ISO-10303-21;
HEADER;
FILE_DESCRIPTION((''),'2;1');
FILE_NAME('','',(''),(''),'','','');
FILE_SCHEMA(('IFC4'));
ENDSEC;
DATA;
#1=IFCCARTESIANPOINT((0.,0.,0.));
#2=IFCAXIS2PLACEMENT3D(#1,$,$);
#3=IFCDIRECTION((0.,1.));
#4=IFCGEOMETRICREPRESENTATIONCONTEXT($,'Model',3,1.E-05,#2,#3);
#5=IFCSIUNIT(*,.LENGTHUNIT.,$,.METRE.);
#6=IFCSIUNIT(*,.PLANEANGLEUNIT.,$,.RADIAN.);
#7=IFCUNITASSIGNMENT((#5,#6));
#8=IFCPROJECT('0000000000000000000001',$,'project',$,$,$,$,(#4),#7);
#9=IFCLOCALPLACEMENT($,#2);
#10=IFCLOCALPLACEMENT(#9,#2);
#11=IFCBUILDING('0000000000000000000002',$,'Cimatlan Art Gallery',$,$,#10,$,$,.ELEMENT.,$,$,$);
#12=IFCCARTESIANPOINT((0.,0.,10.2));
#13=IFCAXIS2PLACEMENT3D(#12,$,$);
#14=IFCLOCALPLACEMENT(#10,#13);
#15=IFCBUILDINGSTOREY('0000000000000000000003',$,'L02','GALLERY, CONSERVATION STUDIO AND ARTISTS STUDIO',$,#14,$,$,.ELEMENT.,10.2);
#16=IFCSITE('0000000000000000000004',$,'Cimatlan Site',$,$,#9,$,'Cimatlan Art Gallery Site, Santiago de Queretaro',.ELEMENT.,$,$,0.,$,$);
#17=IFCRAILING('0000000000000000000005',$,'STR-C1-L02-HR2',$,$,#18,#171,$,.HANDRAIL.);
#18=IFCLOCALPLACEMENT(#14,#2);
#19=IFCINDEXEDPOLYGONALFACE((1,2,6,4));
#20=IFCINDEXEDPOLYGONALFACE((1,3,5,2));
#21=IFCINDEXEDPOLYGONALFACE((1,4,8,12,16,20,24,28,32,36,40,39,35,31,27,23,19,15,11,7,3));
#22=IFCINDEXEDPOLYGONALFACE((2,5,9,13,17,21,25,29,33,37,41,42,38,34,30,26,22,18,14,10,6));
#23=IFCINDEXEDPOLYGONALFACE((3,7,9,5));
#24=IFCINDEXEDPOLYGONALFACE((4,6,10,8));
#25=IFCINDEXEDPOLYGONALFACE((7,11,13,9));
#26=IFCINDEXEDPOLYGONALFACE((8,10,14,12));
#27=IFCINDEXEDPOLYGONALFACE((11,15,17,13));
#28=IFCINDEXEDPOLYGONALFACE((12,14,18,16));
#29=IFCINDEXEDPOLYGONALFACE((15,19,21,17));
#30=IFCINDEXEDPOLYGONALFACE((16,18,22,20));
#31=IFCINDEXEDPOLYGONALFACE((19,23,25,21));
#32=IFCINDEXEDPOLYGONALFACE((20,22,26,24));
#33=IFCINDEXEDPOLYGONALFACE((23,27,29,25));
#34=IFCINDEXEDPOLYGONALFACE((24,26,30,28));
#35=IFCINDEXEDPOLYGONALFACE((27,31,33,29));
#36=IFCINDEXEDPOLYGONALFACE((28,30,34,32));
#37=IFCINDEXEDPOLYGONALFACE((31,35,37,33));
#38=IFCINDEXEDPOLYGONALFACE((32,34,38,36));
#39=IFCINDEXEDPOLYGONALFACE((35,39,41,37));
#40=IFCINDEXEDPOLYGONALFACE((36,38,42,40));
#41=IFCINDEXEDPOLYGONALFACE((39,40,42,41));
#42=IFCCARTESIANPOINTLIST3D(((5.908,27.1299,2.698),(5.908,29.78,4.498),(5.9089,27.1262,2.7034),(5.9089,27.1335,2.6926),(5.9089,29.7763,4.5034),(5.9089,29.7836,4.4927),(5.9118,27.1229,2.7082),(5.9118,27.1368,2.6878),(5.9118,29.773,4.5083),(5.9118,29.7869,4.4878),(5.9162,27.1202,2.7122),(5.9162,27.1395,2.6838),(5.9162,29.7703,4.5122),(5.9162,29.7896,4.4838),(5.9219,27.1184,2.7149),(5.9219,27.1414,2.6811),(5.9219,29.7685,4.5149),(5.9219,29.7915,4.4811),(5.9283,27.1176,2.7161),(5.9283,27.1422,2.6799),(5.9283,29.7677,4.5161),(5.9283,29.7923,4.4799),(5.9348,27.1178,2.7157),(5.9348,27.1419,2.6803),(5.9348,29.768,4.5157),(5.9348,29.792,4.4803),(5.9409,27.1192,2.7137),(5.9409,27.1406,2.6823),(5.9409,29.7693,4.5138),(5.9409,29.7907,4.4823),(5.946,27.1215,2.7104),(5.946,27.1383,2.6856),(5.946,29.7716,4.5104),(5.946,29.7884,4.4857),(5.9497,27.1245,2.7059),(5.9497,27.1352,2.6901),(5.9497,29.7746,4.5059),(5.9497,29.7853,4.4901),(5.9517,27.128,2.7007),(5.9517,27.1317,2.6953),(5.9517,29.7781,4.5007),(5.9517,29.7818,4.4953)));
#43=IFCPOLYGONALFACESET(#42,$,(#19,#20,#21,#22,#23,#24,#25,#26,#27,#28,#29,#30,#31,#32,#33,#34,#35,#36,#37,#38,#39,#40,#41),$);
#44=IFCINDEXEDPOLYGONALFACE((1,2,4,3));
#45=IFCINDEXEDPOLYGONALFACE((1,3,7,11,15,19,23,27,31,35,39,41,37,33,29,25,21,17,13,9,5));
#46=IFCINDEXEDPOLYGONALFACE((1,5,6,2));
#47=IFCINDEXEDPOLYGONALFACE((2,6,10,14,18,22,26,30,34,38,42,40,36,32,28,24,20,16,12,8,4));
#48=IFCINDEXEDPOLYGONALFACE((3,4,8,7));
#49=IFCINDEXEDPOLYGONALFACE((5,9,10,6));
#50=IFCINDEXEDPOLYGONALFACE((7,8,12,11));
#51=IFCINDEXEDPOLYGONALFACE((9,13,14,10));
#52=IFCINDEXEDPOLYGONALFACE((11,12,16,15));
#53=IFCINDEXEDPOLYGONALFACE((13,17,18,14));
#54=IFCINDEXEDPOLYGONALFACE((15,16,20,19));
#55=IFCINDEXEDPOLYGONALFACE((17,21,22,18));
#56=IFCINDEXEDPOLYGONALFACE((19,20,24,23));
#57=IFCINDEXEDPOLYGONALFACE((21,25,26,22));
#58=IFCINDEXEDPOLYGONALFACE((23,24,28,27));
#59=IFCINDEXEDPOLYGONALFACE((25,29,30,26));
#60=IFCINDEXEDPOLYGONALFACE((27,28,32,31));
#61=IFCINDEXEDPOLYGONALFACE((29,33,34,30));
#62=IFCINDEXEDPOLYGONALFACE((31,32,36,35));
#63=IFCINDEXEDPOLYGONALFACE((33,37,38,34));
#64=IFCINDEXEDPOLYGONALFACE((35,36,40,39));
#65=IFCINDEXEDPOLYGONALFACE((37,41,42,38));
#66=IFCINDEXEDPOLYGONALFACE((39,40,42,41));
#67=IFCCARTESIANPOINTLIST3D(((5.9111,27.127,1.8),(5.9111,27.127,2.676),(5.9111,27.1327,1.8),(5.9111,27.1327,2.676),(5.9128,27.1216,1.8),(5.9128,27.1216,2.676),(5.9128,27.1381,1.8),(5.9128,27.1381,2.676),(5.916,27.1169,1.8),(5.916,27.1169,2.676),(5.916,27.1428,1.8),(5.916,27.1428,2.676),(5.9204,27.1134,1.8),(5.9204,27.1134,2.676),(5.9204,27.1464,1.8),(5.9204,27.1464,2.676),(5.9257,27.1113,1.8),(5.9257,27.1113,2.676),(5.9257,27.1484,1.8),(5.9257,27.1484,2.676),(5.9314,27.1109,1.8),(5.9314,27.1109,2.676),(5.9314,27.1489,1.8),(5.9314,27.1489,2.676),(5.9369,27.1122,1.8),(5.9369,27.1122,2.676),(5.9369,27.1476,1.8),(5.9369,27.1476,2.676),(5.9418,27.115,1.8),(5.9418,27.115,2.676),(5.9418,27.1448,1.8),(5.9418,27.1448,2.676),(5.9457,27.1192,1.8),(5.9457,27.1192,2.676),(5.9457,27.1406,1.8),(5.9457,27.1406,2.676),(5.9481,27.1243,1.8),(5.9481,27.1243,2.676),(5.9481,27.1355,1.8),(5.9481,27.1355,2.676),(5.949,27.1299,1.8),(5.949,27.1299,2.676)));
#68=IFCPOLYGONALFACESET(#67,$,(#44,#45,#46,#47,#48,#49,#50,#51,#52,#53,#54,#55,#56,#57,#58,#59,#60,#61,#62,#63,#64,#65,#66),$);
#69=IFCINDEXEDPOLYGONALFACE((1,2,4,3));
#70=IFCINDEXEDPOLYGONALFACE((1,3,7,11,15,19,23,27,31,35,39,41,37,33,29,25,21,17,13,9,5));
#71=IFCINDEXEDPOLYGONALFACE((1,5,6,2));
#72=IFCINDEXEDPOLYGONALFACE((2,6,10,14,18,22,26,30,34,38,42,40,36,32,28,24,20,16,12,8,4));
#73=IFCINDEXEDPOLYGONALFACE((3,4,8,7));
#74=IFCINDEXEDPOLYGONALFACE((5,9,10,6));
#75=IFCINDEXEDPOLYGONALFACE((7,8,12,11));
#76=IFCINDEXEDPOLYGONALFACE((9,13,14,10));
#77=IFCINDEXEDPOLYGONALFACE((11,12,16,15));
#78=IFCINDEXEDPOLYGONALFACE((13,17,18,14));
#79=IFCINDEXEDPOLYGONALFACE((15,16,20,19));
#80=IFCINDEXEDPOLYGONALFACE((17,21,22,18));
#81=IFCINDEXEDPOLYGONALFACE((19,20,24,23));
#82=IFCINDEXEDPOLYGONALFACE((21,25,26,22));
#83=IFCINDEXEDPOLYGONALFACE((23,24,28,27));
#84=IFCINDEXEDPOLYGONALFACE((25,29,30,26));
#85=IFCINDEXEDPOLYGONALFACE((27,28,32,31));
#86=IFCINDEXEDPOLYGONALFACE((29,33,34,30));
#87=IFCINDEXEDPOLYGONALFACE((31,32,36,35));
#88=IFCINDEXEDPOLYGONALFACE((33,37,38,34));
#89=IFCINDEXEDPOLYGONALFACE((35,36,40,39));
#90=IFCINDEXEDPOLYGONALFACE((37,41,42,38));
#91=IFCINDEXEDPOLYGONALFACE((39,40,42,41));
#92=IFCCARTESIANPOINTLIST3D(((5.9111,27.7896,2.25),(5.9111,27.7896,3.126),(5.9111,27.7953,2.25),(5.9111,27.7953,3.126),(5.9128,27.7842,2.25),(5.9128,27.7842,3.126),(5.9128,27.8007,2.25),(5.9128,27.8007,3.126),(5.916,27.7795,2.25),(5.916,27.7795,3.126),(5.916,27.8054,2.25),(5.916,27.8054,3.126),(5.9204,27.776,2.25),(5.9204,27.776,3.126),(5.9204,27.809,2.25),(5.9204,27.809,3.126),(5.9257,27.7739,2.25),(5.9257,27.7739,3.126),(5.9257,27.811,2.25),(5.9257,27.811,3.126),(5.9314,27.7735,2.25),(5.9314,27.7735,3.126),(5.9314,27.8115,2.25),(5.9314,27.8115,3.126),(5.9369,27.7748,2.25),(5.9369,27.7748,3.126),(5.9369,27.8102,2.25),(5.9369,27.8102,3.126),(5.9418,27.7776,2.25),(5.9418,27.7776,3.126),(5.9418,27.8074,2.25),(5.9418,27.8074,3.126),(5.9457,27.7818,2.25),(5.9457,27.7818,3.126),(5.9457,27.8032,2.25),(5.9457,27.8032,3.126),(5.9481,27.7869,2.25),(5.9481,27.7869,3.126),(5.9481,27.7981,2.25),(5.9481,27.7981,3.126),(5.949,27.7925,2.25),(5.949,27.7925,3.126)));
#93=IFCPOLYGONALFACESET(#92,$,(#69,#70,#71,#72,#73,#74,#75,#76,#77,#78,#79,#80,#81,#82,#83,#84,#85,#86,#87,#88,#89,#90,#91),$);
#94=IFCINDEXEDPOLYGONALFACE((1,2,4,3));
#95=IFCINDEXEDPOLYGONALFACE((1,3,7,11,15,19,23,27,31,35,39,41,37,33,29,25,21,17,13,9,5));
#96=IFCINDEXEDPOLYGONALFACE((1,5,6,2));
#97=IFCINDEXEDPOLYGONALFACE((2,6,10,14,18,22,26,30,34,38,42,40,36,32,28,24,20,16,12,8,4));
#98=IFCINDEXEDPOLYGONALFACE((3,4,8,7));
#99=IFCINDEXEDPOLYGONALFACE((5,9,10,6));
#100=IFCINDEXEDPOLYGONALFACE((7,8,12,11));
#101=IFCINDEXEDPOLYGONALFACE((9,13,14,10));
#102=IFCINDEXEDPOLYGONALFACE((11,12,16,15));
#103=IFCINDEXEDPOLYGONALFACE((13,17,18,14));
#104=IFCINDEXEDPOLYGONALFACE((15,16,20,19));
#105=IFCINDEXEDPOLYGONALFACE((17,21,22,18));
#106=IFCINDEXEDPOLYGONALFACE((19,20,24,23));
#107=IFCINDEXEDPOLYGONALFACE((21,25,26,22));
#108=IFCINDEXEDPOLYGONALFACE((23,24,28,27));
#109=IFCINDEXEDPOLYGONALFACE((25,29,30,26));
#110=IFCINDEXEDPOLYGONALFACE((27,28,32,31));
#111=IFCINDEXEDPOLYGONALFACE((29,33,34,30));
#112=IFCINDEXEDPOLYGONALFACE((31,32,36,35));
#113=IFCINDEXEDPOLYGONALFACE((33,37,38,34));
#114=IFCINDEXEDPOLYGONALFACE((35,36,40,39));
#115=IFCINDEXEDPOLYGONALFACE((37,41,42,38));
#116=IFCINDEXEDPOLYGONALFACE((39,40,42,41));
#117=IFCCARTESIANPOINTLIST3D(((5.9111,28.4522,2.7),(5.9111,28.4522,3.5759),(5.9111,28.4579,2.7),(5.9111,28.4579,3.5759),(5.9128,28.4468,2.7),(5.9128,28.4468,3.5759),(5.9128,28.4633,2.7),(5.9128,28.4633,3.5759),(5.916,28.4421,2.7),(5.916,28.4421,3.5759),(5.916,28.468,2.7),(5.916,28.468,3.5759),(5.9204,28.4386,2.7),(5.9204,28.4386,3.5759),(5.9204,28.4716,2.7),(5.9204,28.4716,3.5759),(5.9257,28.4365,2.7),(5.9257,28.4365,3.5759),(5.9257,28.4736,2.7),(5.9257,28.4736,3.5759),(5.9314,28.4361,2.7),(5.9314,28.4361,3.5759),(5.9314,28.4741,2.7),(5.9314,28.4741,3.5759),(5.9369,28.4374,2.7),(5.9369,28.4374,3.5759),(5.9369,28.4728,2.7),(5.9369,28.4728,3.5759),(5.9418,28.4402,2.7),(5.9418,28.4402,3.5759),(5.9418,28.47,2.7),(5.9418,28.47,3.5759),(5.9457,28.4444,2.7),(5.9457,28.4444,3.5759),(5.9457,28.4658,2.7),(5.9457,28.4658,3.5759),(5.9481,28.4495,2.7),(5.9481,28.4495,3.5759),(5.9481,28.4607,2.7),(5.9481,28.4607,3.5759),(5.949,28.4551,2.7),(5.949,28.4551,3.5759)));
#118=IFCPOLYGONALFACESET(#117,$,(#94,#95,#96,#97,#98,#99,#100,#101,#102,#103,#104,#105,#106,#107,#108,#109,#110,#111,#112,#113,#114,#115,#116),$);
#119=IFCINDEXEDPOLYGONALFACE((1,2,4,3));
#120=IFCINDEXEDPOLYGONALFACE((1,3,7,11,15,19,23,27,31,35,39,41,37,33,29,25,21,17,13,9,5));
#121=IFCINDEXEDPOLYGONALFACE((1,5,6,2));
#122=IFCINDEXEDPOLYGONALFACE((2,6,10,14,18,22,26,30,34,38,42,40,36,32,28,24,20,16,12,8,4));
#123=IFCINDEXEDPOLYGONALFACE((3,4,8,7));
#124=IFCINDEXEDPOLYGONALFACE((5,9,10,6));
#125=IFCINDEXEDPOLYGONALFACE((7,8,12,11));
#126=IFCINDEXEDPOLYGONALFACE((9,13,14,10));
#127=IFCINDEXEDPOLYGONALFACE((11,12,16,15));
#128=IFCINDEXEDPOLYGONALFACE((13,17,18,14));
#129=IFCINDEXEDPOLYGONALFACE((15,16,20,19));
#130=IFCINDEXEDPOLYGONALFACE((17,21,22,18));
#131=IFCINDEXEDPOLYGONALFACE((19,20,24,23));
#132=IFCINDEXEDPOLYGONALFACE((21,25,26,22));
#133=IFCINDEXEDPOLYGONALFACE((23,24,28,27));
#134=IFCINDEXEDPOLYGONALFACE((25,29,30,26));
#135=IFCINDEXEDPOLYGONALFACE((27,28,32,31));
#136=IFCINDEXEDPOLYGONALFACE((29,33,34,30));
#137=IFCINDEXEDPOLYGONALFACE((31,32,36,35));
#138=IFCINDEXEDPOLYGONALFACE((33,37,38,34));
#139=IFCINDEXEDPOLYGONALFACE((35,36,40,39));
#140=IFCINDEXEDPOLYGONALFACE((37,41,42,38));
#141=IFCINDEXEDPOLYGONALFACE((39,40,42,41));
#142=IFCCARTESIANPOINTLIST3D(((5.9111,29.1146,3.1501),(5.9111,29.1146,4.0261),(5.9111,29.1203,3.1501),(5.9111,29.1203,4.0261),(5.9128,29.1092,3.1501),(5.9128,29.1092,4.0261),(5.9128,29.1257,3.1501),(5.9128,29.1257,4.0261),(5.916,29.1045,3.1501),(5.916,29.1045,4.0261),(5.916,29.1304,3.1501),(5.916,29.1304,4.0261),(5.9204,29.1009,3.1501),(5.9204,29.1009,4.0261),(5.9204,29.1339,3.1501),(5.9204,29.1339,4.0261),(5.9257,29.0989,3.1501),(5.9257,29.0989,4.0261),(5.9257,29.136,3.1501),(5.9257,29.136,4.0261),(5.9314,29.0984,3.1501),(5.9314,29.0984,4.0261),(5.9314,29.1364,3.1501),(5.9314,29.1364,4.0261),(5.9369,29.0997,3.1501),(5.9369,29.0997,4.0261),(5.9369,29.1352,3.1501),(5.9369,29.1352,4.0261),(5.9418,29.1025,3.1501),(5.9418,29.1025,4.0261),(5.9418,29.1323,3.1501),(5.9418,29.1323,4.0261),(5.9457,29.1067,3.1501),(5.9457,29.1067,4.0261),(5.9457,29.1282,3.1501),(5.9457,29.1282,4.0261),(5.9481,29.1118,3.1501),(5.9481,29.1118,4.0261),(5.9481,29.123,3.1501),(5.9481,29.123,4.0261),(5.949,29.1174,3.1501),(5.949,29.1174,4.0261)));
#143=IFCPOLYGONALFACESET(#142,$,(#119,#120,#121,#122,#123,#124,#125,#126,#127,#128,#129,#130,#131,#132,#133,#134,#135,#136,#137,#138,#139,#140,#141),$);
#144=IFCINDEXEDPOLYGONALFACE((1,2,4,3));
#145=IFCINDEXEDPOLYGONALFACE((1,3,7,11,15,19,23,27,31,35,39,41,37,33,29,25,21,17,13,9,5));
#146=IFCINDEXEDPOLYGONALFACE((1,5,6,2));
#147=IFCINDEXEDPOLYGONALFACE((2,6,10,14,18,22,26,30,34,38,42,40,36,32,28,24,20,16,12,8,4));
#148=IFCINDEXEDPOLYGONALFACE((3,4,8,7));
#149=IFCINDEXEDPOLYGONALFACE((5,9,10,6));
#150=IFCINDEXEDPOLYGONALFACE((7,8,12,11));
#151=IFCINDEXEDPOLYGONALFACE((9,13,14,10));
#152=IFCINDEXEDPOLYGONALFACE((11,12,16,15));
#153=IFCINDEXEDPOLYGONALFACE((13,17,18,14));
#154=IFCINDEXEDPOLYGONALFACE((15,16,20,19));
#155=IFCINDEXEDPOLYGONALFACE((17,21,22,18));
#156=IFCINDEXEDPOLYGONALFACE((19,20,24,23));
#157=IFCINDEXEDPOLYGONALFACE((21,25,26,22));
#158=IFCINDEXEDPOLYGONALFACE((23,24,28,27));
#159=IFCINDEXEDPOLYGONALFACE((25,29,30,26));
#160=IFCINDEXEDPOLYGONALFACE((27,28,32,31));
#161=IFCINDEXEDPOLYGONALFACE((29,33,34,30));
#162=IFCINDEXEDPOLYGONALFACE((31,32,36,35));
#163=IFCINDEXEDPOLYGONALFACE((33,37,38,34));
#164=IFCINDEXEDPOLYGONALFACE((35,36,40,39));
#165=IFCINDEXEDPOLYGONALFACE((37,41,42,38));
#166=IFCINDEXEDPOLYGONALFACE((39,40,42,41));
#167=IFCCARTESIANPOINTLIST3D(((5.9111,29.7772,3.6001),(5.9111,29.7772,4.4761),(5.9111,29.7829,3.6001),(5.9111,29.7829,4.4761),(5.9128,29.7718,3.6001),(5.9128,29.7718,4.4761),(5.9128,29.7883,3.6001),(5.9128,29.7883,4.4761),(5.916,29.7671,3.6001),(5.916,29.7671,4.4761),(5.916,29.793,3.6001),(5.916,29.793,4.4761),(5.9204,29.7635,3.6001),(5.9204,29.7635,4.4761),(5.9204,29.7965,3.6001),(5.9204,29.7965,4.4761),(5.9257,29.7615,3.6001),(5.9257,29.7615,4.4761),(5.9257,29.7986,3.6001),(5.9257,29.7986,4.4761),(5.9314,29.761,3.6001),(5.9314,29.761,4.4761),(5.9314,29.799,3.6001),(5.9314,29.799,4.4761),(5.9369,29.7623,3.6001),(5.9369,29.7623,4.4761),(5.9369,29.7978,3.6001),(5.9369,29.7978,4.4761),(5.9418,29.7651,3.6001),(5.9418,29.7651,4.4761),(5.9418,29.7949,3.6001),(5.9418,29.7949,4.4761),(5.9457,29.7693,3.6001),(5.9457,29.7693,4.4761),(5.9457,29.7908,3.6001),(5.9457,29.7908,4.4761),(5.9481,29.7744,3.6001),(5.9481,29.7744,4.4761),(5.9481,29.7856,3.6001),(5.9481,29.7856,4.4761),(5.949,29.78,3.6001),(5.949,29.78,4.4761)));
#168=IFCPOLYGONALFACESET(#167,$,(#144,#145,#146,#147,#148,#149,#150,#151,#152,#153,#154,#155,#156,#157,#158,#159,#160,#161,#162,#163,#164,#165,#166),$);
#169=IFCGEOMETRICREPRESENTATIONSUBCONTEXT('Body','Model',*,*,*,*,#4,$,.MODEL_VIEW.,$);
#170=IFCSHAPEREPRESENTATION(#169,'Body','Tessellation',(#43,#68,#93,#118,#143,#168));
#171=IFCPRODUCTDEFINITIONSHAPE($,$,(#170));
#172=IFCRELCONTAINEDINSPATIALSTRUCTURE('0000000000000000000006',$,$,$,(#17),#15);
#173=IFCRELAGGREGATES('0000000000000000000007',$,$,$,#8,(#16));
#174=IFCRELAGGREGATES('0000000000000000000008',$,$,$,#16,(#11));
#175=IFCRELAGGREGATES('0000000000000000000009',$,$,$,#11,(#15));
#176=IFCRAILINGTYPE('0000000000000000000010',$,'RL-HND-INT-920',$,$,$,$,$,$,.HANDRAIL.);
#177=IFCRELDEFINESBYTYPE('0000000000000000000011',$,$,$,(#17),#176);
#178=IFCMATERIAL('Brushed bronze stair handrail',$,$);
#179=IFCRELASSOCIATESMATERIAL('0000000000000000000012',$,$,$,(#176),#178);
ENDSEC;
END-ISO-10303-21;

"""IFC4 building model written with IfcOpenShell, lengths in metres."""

from ifc_helpers import new_model, si_unit, direction, frame, origin, origin_2d, place, context, subcontext, project, spatial, circle, extrude, material, type_object, element, save


model = new_model("IFC4")

# Units and contexts
model_context = context("Model", 3, precision=1e-05, world=origin(), true_north=direction((0.0, 1.0)))
body_context = subcontext(model_context, "Body", "Model", "MODEL_VIEW")
ifc_project = project(units=[si_unit("LENGTHUNIT", "METRE"), si_unit("PLANEANGLEUNIT", "RADIAN")], contexts=[model_context])

# Site, building, storey
site_placement = place(None, origin())
site = spatial("IfcSite", under=ifc_project, at=site_placement, Name="Cimatlan Site", LongName="Cimatlan Art Gallery Site, Santiago de Queretaro", CompositionType="ELEMENT", RefElevation=0.0)
building_placement = place(site_placement, origin())
building = spatial("IfcBuilding", under=site, at=building_placement, Name="Cimatlan Art Gallery", CompositionType="ELEMENT")
storey_placement = place(building_placement, frame((0.0, 0.0, 10.2)))
storey = spatial("IfcBuildingStorey", under=building, at=storey_placement, Name="L02", Description="GALLERY, CONSERVATION STUDIO AND ARTISTS STUDIO", CompositionType="ELEMENT", Elevation=10.2)

# Railing
ifc_material_1 = material(Name="Brushed bronze stair handrail")
railing_type_1 = type_object("IfcRailingType", Name="RL-HND-INT-920", PredefinedType="HANDRAIL", material=ifc_material_1)
railing_1_placement = place(storey_placement, frame((5.9299, 27.1299, 1.8)))
element("IfcRailing", 1, at=railing_1_placement, inside=storey, type_object=railing_type_1, Name="STR-C1-L02-HR2", PredefinedType="HANDRAIL", context=body_context, shape_type="SweptSolid", body=[
    extrude(circle(Radius=0.022, at=origin_2d()), frame((0.0, 0.0, 0.8979), z_axis=(0.0, 0.827224, 0.561872), x_axis=(-1.0, 0.0, 0.0)), (0.0, 0.0, 1.0), 3.2036),
    extrude(circle(Radius=0.019, at=origin_2d()), origin(), (0.0, 0.0, 1.0), 0.876),
    extrude(circle(Radius=0.019, at=origin_2d()), frame((0.0, 0.6626, 0.45)), (0.0, 0.0, 1.0), 0.876),
    extrude(circle(Radius=0.019, at=origin_2d()), frame((0.0, 1.3252, 0.8999)), (0.0, 0.0, 1.0), 0.876),
    extrude(circle(Radius=0.019, at=origin_2d()), frame((0.0, 1.9875, 1.3501)), (0.0, 0.0, 1.0), 0.876),
    extrude(circle(Radius=0.019, at=origin_2d()), frame((0.0, 2.6501, 1.8)), (0.0, 0.0, 1.0), 0.876),
])

save(model, "model.ifc")
